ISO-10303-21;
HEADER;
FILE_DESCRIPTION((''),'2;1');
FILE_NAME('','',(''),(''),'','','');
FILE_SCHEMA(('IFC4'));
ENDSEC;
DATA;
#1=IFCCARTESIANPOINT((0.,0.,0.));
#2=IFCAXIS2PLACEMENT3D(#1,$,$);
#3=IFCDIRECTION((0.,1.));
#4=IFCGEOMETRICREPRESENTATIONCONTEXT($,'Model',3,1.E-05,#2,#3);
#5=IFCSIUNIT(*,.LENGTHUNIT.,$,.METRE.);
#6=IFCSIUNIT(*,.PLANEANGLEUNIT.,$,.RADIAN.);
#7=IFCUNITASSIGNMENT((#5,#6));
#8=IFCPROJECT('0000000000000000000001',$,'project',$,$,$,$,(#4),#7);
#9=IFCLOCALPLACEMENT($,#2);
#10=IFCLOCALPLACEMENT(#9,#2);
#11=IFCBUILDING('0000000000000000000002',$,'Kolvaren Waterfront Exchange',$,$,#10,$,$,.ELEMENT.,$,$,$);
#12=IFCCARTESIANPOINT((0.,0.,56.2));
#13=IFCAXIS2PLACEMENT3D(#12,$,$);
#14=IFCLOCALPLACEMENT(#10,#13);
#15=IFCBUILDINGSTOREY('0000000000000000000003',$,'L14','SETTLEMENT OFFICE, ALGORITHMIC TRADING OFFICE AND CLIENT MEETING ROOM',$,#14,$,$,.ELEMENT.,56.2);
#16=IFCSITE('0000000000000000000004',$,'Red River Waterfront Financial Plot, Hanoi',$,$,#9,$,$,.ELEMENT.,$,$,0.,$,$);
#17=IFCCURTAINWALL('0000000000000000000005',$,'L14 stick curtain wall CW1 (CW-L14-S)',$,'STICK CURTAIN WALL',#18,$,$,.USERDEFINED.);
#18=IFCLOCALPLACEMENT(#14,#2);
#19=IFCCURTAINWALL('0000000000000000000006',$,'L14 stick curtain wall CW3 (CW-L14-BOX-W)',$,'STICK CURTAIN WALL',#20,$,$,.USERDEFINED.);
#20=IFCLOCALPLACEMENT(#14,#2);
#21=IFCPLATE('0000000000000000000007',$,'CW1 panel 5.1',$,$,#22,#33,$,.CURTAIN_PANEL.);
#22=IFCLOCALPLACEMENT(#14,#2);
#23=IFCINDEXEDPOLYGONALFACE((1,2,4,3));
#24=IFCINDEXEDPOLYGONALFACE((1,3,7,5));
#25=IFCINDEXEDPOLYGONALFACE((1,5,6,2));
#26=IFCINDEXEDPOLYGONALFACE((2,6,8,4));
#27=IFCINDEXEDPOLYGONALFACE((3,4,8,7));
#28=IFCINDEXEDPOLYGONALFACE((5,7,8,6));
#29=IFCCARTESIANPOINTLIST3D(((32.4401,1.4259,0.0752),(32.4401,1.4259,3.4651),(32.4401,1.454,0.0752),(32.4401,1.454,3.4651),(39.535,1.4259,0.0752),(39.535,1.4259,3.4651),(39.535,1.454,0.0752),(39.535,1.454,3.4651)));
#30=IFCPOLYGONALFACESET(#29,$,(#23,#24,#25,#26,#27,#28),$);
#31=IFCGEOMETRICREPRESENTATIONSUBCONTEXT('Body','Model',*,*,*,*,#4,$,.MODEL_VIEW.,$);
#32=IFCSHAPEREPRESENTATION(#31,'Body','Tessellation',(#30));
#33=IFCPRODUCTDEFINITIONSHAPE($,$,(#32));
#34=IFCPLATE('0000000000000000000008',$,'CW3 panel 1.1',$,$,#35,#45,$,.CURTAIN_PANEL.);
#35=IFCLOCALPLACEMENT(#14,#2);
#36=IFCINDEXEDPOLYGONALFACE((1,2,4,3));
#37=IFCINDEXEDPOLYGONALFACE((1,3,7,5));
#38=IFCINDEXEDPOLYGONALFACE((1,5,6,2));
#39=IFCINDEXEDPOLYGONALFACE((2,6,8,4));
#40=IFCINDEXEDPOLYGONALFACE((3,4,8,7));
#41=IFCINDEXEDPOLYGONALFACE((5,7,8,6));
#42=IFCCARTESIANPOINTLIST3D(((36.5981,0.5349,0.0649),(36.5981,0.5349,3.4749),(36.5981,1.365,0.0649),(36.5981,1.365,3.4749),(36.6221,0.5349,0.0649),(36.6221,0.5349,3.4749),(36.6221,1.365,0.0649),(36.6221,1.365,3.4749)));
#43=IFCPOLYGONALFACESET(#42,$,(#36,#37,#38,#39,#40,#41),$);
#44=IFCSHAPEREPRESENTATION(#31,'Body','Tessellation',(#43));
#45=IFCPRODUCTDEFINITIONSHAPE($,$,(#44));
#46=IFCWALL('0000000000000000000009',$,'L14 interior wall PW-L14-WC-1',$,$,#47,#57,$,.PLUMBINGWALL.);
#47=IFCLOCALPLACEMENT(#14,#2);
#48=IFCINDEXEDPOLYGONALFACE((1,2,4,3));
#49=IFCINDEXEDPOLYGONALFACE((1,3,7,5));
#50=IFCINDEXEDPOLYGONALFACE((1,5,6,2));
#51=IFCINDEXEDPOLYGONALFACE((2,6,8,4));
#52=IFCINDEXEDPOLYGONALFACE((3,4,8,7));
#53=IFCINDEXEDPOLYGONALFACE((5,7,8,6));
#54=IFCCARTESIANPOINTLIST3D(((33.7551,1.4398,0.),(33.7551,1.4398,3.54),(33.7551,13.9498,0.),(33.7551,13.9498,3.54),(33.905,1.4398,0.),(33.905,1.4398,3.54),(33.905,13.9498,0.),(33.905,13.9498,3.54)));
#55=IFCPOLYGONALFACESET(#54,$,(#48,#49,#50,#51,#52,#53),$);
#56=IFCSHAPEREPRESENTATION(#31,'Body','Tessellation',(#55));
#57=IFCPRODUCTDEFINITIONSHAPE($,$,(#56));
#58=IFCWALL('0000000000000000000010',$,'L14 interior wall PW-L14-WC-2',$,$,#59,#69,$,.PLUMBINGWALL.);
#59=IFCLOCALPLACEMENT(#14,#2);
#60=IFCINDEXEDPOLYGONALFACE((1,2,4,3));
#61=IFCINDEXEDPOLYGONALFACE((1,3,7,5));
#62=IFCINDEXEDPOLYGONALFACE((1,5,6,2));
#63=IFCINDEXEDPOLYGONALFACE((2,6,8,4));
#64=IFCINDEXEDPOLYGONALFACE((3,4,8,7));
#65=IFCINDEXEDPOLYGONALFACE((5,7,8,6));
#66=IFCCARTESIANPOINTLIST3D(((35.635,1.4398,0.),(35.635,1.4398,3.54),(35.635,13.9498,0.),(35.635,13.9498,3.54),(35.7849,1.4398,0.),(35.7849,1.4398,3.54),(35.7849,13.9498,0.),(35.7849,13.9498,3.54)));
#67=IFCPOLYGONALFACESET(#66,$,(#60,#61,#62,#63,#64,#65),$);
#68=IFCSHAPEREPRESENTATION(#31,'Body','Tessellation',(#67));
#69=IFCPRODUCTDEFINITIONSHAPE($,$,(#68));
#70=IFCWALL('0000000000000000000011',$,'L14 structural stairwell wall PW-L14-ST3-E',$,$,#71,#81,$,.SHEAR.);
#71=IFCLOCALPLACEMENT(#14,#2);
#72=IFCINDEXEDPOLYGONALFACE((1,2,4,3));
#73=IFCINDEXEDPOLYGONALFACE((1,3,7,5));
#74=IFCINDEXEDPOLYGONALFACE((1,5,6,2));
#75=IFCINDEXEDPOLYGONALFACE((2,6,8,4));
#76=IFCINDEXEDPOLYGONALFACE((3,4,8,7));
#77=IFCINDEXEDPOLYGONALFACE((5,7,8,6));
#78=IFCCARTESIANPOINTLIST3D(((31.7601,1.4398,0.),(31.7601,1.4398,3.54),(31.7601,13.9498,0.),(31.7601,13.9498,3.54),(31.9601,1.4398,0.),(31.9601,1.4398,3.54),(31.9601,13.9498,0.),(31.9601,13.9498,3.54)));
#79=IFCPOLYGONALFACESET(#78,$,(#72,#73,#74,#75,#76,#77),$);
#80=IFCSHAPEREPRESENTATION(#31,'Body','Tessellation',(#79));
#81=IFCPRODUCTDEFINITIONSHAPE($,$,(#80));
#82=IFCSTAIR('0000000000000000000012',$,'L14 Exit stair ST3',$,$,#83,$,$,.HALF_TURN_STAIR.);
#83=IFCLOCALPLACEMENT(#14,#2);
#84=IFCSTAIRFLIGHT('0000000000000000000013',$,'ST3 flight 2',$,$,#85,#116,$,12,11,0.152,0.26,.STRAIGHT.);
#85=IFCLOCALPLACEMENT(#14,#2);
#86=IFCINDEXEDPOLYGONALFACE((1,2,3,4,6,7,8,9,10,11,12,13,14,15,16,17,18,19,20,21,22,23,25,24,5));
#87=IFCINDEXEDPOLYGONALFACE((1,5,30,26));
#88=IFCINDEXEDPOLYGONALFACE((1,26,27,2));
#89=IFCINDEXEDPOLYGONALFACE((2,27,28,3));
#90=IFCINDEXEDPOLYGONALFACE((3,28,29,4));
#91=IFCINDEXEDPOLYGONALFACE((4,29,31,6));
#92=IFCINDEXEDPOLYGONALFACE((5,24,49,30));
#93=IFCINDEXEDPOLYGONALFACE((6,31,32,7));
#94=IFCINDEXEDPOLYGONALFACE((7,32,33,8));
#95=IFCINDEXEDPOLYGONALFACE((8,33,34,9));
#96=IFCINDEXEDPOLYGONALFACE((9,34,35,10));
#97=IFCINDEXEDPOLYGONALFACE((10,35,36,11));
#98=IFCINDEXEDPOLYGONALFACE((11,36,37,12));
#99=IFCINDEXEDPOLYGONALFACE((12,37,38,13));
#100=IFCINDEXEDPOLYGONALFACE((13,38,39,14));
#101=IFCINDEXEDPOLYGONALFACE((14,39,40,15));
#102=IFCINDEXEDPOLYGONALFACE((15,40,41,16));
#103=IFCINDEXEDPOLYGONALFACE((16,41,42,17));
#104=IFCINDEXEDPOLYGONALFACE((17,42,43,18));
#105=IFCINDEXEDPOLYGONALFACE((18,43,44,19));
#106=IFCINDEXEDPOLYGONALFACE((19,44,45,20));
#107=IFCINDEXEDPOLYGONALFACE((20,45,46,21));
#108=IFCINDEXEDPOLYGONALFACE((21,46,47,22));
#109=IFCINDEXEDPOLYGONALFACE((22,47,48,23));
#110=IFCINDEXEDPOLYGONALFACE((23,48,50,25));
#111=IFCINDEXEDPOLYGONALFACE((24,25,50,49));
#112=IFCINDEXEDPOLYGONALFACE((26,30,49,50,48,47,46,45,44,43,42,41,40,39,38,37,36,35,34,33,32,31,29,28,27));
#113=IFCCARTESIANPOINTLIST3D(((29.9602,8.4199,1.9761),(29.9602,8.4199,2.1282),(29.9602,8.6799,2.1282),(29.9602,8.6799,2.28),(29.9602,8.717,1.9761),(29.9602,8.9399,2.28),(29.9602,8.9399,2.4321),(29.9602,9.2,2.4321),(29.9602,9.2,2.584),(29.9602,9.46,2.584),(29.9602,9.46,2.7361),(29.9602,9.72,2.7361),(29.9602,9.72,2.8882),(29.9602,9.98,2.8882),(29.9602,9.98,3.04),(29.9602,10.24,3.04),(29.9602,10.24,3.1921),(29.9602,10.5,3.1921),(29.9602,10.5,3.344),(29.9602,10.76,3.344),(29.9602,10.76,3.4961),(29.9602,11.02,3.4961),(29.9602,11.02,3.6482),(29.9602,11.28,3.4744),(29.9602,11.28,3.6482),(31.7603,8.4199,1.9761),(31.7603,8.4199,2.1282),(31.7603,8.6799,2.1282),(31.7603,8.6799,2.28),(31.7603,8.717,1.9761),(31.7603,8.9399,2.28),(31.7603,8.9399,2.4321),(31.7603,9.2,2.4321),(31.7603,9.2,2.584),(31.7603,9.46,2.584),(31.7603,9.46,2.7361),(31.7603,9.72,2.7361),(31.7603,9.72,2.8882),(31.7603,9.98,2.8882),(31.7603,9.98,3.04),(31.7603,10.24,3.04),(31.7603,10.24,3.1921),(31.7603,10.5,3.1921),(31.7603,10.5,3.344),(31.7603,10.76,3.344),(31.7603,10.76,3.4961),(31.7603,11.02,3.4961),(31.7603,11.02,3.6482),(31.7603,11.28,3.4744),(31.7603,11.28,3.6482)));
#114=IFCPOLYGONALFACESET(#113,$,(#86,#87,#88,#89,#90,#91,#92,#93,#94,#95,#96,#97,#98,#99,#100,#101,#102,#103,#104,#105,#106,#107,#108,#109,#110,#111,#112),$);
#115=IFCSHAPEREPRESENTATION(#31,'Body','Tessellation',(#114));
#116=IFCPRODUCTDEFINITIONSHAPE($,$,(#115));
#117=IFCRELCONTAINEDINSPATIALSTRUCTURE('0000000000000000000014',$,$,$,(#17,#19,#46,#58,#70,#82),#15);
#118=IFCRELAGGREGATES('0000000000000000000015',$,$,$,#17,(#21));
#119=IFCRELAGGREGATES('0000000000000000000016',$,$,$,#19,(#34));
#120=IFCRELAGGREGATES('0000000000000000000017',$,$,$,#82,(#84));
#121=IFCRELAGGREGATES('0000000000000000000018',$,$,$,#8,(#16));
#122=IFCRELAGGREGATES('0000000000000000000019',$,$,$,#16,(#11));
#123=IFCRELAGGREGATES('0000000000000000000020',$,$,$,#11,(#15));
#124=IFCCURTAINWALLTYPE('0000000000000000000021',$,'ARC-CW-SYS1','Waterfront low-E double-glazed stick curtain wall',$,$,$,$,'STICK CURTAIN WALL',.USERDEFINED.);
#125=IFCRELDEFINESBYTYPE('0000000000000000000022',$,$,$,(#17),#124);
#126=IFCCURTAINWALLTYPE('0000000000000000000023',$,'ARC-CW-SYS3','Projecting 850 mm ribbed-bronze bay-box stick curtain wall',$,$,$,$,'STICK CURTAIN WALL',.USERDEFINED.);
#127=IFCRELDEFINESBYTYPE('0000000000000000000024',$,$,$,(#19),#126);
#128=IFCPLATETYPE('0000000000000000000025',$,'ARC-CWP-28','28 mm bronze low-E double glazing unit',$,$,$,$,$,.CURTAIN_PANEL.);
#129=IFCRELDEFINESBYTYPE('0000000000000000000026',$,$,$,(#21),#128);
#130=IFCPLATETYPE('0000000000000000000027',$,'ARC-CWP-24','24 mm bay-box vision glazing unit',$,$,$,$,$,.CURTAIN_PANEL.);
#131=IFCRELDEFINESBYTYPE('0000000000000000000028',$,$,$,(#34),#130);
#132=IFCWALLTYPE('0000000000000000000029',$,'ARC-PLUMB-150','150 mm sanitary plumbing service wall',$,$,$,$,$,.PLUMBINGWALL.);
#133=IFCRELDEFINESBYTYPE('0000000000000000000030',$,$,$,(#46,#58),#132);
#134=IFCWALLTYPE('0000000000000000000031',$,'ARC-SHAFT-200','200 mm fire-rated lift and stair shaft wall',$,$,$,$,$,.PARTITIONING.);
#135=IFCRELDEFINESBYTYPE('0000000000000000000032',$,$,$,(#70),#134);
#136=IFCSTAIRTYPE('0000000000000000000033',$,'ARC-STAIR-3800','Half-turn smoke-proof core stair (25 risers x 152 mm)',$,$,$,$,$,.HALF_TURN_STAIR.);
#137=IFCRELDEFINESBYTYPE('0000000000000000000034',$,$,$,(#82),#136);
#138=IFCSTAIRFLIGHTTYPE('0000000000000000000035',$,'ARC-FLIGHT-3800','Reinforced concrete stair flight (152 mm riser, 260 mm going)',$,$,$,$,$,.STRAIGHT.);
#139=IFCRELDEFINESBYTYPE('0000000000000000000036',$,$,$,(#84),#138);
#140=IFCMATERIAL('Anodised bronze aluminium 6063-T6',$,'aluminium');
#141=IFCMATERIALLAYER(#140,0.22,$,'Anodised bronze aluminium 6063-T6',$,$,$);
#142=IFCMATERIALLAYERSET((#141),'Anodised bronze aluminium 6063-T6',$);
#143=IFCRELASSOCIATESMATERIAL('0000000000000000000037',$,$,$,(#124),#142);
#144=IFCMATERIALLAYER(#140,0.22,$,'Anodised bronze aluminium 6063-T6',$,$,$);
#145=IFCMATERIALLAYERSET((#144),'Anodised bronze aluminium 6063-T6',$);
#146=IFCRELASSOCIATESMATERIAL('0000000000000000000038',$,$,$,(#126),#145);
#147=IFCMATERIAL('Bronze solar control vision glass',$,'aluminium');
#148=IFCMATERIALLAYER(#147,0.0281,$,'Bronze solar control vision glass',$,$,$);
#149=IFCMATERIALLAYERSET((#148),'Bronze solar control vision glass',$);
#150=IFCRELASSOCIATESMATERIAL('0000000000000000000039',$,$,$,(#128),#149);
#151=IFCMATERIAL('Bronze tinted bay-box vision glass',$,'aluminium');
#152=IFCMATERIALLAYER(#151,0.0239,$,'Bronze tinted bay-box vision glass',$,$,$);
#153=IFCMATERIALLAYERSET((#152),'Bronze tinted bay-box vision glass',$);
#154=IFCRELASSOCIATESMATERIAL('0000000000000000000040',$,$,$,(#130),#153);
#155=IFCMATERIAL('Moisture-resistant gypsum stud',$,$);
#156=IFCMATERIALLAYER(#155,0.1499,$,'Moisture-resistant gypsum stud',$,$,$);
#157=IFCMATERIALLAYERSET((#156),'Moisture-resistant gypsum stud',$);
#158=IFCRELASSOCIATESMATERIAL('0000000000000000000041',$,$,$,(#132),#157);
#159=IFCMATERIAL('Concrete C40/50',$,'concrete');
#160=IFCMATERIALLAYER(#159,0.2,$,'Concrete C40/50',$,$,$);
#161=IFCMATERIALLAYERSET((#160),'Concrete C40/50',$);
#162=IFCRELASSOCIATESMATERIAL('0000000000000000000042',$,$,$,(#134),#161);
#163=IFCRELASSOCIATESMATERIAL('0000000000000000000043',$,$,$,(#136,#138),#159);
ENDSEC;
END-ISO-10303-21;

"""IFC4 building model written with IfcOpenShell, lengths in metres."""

from ifc_helpers import new_model, si_unit, direction, frame, frame_2d, origin, origin_with_axes, origin_2d, place, context, subcontext, project, spatial, polyline, rectangle, outline, extrude, source, transform, mapped, material, layer, layer_set, type_object, element, aggregate, save


model = new_model("IFC4")

# Units and contexts
model_context = context("Model", 3, precision=1e-05, world=origin(), true_north=direction((0.0, 1.0)))
body_context = subcontext(model_context, "Body", "Model", "MODEL_VIEW")
ifc_project = project(units=[si_unit("LENGTHUNIT", "METRE"), si_unit("PLANEANGLEUNIT", "RADIAN")], contexts=[model_context])

# Site, building, storey
site_placement = place(None, origin())
site = spatial("IfcSite", under=ifc_project, at=site_placement, Name="Red River Waterfront Financial Plot, Hanoi", CompositionType="ELEMENT", RefElevation=0.0)
building_placement = place(site_placement, origin())
building = spatial("IfcBuilding", under=site, at=building_placement, Name="Kolvaren Waterfront Exchange", CompositionType="ELEMENT")
storey_placement = place(building_placement, frame((0.0, 0.0, 56.2)))
storey = spatial("IfcBuildingStorey", under=building, at=storey_placement, Name="L14", Description="SETTLEMENT OFFICE, ALGORITHMIC TRADING OFFICE AND CLIENT MEETING ROOM", CompositionType="ELEMENT", Elevation=56.2)

# Curtain walls
ifc_material_1 = material(Name="Anodised bronze aluminium 6063-T6", Category="aluminium")
ifc_layer_1 = layer(ifc_material_1, 0.22, Name="Anodised bronze aluminium 6063-T6")
ifc_layer_set_1 = layer_set([ifc_layer_1], Name="Anodised bronze aluminium 6063-T6")
curtain_wall_type_1 = type_object("IfcCurtainWallType", Name="ARC-CW-SYS1", Description="Waterfront low-E double-glazed stick curtain wall", ElementType="STICK CURTAIN WALL", PredefinedType="USERDEFINED", material=ifc_layer_set_1)
curtain_wall_1_placement = place(storey_placement, origin())
curtain_wall_1 = element("IfcCurtainWall", 1, at=curtain_wall_1_placement, inside=storey, type_object=curtain_wall_type_1, Name="L14 stick curtain wall CW1 (CW-L14-S)", ObjectType="STICK CURTAIN WALL", PredefinedType="USERDEFINED")
ifc_layer_2 = layer(ifc_material_1, 0.22, Name="Anodised bronze aluminium 6063-T6")
ifc_layer_set_2 = layer_set([ifc_layer_2], Name="Anodised bronze aluminium 6063-T6")
curtain_wall_type_2 = type_object("IfcCurtainWallType", Name="ARC-CW-SYS3", Description="Projecting 850 mm ribbed-bronze bay-box stick curtain wall", ElementType="STICK CURTAIN WALL", PredefinedType="USERDEFINED", material=ifc_layer_set_2)
curtain_wall_2_placement = place(storey_placement, origin())
curtain_wall_2 = element("IfcCurtainWall", 2, at=curtain_wall_2_placement, inside=storey, type_object=curtain_wall_type_2, Name="L14 stick curtain wall CW3 (CW-L14-BOX-W)", ObjectType="STICK CURTAIN WALL", PredefinedType="USERDEFINED")

# Plates
ifc_material_2 = material(Name="Bronze solar control vision glass", Category="aluminium")
ifc_layer_3 = layer(ifc_material_2, 0.0281, Name="Bronze solar control vision glass")
ifc_layer_set_3 = layer_set([ifc_layer_3], Name="Bronze solar control vision glass")
plate_type_1 = type_object("IfcPlateType", Name="ARC-CWP-28", Description="28 mm bronze low-E double glazing unit", PredefinedType="CURTAIN_PANEL", material=ifc_layer_set_3)
shared_shape_1 = source(origin_with_axes(), body_context, "Body", "SweptSolid", [
    extrude(rectangle(XDim=7.095, YDim=0.0281, at=origin_2d()), origin(), (0.0, 0.0, 1.0), 3.3899),
])
plate_1_placement = place(storey_placement, frame((35.9875, 1.4399, 0.0752), z_axis=(0.0, 0.0, 1.0), x_axis=(1.0, 0.0, 0.0)))
plate_1 = element("IfcPlate", 3, at=plate_1_placement, type_object=plate_type_1, Name="CW1 panel 5.1", PredefinedType="CURTAIN_PANEL", context=body_context, shape_type="MappedRepresentation", body=[
    mapped(shared_shape_1, transform((0.0, 0.0, 0.0), x_axis=(1.0, 0.0, 0.0), y_axis=(0.0, 1.0, 0.0), z_axis=(0.0, 0.0, 1.0), scale=1.0)),
])
aggregate(curtain_wall_1, [plate_1])
ifc_material_3 = material(Name="Bronze tinted bay-box vision glass", Category="aluminium")
ifc_layer_4 = layer(ifc_material_3, 0.0239, Name="Bronze tinted bay-box vision glass")
ifc_layer_set_4 = layer_set([ifc_layer_4], Name="Bronze tinted bay-box vision glass")
plate_type_2 = type_object("IfcPlateType", Name="ARC-CWP-24", Description="24 mm bay-box vision glazing unit", PredefinedType="CURTAIN_PANEL", material=ifc_layer_set_4)
shared_shape_2 = source(origin_with_axes(), body_context, "Body", "SweptSolid", [
    extrude(rectangle(XDim=0.8301, YDim=0.0239, at=origin_2d()), origin(), (0.0, 0.0, 1.0), 3.4099),
])
plate_2_placement = place(storey_placement, frame((36.6101, 0.95, 0.0649), z_axis=(0.0, 0.0, 1.0), x_axis=(0.0, -1.0, 0.0)))
plate_2 = element("IfcPlate", 4, at=plate_2_placement, type_object=plate_type_2, Name="CW3 panel 1.1", PredefinedType="CURTAIN_PANEL", context=body_context, shape_type="MappedRepresentation", body=[
    mapped(shared_shape_2, transform((0.0, 0.0, 0.0), x_axis=(1.0, 0.0, 0.0), y_axis=(0.0, 1.0, 0.0), z_axis=(0.0, 0.0, 1.0), scale=1.0)),
])
aggregate(curtain_wall_2, [plate_2])

# Walls
ifc_material_4 = material(Name="Moisture-resistant gypsum stud")
ifc_layer_5 = layer(ifc_material_4, 0.1499, Name="Moisture-resistant gypsum stud")
ifc_layer_set_5 = layer_set([ifc_layer_5], Name="Moisture-resistant gypsum stud")
wall_type_1 = type_object("IfcWallType", Name="ARC-PLUMB-150", Description="150 mm sanitary plumbing service wall", PredefinedType="PLUMBINGWALL", material=ifc_layer_set_5)
for number, where, z_axis, x_axis, name in (
    (5, (33.8301, 1.4399, 0.0), (0.0, 0.0, 1.0), (0.0, 1.0, 0.0), "L14 interior wall PW-L14-WC-1"),
    (6, (35.71, 1.4399, 0.0), (0.0, 0.0, 1.0), (0.0, 1.0, 0.0), "L14 interior wall PW-L14-WC-2"),
):
    element("IfcWall", number, at=place(storey_placement, frame(where, z_axis=z_axis, x_axis=x_axis)), inside=storey, type_object=wall_type_1, Name=name, PredefinedType="PLUMBINGWALL", context=body_context, shape_type="SweptSolid", body=[
        extrude(rectangle(XDim=12.51, YDim=0.1499, at=frame_2d((6.2549, 0.0))), origin(), (0.0, 0.0, 1.0), 3.54),
    ])
ifc_material_5 = material(Name="Concrete C40/50", Category="concrete")
ifc_layer_6 = layer(ifc_material_5, 0.2, Name="Concrete C40/50")
ifc_layer_set_6 = layer_set([ifc_layer_6], Name="Concrete C40/50")
wall_type_2 = type_object("IfcWallType", Name="ARC-SHAFT-200", Description="200 mm fire-rated lift and stair shaft wall", PredefinedType="PARTITIONING", material=ifc_layer_set_6)
wall_placement = place(storey_placement, frame((31.8601, 1.4399, 0.0), z_axis=(0.0, 0.0, 1.0), x_axis=(0.0, 1.0, 0.0)))
element("IfcWall", 7, at=wall_placement, inside=storey, type_object=wall_type_2, Name="L14 structural stairwell wall PW-L14-ST3-E", PredefinedType="SHEAR", context=body_context, shape_type="SweptSolid", body=[
    extrude(rectangle(XDim=12.51, YDim=0.2, at=frame_2d((6.2549, 0.0))), origin(), (0.0, 0.0, 1.0), 3.54),
])

# Stair, stair flight
stair_type = type_object("IfcStairType", Name="ARC-STAIR-3800", Description="Half-turn smoke-proof core stair (25 risers x 152 mm)", PredefinedType="HALF_TURN_STAIR", material=ifc_material_5)
stair_placement = place(storey_placement, origin())
stair = element("IfcStair", 8, at=stair_placement, inside=storey, type_object=stair_type, Name="L14 Exit stair ST3", PredefinedType="HALF_TURN_STAIR")
stair_flight_type = type_object("IfcStairFlightType", Name="ARC-FLIGHT-3800", Description="Reinforced concrete stair flight (152 mm riser, 260 mm going)", PredefinedType="STRAIGHT", material=ifc_material_5)
stair_flight_placement = place(storey_placement, frame((30.8601, 8.4199, 1.9761), z_axis=(0.0, 0.0, 1.0), x_axis=(0.0, 1.0, 0.0)))
stair_flight = element("IfcStairFlight", 9, at=stair_flight_placement, type_object=stair_flight_type, Name="ST3 flight 2", NumberOfRisers=12, NumberOfTreads=11, PredefinedType="STRAIGHT", RiserHeight=0.152, TreadLength=0.26, context=body_context, shape_type="SweptSolid", body=[
    extrude(outline(polyline([(0.0, 0.0), (0.0, 0.1521), (0.26, 0.1521), (0.26, 0.304), (0.52, 0.304), (0.52, 0.4561), (0.78, 0.4561), (0.78, 0.6079), (1.04, 0.6079), (1.04, 0.76), (1.3, 0.76), (1.3, 0.9121), (1.5601, 0.9121), (1.5601, 1.064), (1.8201, 1.064), (1.8201, 1.2161), (2.0801, 1.2161), (2.0801, 1.3679), (2.3401, 1.3679), (2.3401, 1.52), (2.6001, 1.52), (2.6001, 1.6721), (2.8601, 1.6721), (2.8601, 1.824), (2.8601, 1.4983), (0.2971, 0.0), (0.0, 0.0)])), frame((0.0, 0.8999, 0.0), z_axis=(0.0, -1.0, 0.0), x_axis=(1.0, 0.0, 0.0)), (0.0, 0.0, 1.0), 1.8),
])
aggregate(stair, [stair_flight])

save(model, "model.ifc")
